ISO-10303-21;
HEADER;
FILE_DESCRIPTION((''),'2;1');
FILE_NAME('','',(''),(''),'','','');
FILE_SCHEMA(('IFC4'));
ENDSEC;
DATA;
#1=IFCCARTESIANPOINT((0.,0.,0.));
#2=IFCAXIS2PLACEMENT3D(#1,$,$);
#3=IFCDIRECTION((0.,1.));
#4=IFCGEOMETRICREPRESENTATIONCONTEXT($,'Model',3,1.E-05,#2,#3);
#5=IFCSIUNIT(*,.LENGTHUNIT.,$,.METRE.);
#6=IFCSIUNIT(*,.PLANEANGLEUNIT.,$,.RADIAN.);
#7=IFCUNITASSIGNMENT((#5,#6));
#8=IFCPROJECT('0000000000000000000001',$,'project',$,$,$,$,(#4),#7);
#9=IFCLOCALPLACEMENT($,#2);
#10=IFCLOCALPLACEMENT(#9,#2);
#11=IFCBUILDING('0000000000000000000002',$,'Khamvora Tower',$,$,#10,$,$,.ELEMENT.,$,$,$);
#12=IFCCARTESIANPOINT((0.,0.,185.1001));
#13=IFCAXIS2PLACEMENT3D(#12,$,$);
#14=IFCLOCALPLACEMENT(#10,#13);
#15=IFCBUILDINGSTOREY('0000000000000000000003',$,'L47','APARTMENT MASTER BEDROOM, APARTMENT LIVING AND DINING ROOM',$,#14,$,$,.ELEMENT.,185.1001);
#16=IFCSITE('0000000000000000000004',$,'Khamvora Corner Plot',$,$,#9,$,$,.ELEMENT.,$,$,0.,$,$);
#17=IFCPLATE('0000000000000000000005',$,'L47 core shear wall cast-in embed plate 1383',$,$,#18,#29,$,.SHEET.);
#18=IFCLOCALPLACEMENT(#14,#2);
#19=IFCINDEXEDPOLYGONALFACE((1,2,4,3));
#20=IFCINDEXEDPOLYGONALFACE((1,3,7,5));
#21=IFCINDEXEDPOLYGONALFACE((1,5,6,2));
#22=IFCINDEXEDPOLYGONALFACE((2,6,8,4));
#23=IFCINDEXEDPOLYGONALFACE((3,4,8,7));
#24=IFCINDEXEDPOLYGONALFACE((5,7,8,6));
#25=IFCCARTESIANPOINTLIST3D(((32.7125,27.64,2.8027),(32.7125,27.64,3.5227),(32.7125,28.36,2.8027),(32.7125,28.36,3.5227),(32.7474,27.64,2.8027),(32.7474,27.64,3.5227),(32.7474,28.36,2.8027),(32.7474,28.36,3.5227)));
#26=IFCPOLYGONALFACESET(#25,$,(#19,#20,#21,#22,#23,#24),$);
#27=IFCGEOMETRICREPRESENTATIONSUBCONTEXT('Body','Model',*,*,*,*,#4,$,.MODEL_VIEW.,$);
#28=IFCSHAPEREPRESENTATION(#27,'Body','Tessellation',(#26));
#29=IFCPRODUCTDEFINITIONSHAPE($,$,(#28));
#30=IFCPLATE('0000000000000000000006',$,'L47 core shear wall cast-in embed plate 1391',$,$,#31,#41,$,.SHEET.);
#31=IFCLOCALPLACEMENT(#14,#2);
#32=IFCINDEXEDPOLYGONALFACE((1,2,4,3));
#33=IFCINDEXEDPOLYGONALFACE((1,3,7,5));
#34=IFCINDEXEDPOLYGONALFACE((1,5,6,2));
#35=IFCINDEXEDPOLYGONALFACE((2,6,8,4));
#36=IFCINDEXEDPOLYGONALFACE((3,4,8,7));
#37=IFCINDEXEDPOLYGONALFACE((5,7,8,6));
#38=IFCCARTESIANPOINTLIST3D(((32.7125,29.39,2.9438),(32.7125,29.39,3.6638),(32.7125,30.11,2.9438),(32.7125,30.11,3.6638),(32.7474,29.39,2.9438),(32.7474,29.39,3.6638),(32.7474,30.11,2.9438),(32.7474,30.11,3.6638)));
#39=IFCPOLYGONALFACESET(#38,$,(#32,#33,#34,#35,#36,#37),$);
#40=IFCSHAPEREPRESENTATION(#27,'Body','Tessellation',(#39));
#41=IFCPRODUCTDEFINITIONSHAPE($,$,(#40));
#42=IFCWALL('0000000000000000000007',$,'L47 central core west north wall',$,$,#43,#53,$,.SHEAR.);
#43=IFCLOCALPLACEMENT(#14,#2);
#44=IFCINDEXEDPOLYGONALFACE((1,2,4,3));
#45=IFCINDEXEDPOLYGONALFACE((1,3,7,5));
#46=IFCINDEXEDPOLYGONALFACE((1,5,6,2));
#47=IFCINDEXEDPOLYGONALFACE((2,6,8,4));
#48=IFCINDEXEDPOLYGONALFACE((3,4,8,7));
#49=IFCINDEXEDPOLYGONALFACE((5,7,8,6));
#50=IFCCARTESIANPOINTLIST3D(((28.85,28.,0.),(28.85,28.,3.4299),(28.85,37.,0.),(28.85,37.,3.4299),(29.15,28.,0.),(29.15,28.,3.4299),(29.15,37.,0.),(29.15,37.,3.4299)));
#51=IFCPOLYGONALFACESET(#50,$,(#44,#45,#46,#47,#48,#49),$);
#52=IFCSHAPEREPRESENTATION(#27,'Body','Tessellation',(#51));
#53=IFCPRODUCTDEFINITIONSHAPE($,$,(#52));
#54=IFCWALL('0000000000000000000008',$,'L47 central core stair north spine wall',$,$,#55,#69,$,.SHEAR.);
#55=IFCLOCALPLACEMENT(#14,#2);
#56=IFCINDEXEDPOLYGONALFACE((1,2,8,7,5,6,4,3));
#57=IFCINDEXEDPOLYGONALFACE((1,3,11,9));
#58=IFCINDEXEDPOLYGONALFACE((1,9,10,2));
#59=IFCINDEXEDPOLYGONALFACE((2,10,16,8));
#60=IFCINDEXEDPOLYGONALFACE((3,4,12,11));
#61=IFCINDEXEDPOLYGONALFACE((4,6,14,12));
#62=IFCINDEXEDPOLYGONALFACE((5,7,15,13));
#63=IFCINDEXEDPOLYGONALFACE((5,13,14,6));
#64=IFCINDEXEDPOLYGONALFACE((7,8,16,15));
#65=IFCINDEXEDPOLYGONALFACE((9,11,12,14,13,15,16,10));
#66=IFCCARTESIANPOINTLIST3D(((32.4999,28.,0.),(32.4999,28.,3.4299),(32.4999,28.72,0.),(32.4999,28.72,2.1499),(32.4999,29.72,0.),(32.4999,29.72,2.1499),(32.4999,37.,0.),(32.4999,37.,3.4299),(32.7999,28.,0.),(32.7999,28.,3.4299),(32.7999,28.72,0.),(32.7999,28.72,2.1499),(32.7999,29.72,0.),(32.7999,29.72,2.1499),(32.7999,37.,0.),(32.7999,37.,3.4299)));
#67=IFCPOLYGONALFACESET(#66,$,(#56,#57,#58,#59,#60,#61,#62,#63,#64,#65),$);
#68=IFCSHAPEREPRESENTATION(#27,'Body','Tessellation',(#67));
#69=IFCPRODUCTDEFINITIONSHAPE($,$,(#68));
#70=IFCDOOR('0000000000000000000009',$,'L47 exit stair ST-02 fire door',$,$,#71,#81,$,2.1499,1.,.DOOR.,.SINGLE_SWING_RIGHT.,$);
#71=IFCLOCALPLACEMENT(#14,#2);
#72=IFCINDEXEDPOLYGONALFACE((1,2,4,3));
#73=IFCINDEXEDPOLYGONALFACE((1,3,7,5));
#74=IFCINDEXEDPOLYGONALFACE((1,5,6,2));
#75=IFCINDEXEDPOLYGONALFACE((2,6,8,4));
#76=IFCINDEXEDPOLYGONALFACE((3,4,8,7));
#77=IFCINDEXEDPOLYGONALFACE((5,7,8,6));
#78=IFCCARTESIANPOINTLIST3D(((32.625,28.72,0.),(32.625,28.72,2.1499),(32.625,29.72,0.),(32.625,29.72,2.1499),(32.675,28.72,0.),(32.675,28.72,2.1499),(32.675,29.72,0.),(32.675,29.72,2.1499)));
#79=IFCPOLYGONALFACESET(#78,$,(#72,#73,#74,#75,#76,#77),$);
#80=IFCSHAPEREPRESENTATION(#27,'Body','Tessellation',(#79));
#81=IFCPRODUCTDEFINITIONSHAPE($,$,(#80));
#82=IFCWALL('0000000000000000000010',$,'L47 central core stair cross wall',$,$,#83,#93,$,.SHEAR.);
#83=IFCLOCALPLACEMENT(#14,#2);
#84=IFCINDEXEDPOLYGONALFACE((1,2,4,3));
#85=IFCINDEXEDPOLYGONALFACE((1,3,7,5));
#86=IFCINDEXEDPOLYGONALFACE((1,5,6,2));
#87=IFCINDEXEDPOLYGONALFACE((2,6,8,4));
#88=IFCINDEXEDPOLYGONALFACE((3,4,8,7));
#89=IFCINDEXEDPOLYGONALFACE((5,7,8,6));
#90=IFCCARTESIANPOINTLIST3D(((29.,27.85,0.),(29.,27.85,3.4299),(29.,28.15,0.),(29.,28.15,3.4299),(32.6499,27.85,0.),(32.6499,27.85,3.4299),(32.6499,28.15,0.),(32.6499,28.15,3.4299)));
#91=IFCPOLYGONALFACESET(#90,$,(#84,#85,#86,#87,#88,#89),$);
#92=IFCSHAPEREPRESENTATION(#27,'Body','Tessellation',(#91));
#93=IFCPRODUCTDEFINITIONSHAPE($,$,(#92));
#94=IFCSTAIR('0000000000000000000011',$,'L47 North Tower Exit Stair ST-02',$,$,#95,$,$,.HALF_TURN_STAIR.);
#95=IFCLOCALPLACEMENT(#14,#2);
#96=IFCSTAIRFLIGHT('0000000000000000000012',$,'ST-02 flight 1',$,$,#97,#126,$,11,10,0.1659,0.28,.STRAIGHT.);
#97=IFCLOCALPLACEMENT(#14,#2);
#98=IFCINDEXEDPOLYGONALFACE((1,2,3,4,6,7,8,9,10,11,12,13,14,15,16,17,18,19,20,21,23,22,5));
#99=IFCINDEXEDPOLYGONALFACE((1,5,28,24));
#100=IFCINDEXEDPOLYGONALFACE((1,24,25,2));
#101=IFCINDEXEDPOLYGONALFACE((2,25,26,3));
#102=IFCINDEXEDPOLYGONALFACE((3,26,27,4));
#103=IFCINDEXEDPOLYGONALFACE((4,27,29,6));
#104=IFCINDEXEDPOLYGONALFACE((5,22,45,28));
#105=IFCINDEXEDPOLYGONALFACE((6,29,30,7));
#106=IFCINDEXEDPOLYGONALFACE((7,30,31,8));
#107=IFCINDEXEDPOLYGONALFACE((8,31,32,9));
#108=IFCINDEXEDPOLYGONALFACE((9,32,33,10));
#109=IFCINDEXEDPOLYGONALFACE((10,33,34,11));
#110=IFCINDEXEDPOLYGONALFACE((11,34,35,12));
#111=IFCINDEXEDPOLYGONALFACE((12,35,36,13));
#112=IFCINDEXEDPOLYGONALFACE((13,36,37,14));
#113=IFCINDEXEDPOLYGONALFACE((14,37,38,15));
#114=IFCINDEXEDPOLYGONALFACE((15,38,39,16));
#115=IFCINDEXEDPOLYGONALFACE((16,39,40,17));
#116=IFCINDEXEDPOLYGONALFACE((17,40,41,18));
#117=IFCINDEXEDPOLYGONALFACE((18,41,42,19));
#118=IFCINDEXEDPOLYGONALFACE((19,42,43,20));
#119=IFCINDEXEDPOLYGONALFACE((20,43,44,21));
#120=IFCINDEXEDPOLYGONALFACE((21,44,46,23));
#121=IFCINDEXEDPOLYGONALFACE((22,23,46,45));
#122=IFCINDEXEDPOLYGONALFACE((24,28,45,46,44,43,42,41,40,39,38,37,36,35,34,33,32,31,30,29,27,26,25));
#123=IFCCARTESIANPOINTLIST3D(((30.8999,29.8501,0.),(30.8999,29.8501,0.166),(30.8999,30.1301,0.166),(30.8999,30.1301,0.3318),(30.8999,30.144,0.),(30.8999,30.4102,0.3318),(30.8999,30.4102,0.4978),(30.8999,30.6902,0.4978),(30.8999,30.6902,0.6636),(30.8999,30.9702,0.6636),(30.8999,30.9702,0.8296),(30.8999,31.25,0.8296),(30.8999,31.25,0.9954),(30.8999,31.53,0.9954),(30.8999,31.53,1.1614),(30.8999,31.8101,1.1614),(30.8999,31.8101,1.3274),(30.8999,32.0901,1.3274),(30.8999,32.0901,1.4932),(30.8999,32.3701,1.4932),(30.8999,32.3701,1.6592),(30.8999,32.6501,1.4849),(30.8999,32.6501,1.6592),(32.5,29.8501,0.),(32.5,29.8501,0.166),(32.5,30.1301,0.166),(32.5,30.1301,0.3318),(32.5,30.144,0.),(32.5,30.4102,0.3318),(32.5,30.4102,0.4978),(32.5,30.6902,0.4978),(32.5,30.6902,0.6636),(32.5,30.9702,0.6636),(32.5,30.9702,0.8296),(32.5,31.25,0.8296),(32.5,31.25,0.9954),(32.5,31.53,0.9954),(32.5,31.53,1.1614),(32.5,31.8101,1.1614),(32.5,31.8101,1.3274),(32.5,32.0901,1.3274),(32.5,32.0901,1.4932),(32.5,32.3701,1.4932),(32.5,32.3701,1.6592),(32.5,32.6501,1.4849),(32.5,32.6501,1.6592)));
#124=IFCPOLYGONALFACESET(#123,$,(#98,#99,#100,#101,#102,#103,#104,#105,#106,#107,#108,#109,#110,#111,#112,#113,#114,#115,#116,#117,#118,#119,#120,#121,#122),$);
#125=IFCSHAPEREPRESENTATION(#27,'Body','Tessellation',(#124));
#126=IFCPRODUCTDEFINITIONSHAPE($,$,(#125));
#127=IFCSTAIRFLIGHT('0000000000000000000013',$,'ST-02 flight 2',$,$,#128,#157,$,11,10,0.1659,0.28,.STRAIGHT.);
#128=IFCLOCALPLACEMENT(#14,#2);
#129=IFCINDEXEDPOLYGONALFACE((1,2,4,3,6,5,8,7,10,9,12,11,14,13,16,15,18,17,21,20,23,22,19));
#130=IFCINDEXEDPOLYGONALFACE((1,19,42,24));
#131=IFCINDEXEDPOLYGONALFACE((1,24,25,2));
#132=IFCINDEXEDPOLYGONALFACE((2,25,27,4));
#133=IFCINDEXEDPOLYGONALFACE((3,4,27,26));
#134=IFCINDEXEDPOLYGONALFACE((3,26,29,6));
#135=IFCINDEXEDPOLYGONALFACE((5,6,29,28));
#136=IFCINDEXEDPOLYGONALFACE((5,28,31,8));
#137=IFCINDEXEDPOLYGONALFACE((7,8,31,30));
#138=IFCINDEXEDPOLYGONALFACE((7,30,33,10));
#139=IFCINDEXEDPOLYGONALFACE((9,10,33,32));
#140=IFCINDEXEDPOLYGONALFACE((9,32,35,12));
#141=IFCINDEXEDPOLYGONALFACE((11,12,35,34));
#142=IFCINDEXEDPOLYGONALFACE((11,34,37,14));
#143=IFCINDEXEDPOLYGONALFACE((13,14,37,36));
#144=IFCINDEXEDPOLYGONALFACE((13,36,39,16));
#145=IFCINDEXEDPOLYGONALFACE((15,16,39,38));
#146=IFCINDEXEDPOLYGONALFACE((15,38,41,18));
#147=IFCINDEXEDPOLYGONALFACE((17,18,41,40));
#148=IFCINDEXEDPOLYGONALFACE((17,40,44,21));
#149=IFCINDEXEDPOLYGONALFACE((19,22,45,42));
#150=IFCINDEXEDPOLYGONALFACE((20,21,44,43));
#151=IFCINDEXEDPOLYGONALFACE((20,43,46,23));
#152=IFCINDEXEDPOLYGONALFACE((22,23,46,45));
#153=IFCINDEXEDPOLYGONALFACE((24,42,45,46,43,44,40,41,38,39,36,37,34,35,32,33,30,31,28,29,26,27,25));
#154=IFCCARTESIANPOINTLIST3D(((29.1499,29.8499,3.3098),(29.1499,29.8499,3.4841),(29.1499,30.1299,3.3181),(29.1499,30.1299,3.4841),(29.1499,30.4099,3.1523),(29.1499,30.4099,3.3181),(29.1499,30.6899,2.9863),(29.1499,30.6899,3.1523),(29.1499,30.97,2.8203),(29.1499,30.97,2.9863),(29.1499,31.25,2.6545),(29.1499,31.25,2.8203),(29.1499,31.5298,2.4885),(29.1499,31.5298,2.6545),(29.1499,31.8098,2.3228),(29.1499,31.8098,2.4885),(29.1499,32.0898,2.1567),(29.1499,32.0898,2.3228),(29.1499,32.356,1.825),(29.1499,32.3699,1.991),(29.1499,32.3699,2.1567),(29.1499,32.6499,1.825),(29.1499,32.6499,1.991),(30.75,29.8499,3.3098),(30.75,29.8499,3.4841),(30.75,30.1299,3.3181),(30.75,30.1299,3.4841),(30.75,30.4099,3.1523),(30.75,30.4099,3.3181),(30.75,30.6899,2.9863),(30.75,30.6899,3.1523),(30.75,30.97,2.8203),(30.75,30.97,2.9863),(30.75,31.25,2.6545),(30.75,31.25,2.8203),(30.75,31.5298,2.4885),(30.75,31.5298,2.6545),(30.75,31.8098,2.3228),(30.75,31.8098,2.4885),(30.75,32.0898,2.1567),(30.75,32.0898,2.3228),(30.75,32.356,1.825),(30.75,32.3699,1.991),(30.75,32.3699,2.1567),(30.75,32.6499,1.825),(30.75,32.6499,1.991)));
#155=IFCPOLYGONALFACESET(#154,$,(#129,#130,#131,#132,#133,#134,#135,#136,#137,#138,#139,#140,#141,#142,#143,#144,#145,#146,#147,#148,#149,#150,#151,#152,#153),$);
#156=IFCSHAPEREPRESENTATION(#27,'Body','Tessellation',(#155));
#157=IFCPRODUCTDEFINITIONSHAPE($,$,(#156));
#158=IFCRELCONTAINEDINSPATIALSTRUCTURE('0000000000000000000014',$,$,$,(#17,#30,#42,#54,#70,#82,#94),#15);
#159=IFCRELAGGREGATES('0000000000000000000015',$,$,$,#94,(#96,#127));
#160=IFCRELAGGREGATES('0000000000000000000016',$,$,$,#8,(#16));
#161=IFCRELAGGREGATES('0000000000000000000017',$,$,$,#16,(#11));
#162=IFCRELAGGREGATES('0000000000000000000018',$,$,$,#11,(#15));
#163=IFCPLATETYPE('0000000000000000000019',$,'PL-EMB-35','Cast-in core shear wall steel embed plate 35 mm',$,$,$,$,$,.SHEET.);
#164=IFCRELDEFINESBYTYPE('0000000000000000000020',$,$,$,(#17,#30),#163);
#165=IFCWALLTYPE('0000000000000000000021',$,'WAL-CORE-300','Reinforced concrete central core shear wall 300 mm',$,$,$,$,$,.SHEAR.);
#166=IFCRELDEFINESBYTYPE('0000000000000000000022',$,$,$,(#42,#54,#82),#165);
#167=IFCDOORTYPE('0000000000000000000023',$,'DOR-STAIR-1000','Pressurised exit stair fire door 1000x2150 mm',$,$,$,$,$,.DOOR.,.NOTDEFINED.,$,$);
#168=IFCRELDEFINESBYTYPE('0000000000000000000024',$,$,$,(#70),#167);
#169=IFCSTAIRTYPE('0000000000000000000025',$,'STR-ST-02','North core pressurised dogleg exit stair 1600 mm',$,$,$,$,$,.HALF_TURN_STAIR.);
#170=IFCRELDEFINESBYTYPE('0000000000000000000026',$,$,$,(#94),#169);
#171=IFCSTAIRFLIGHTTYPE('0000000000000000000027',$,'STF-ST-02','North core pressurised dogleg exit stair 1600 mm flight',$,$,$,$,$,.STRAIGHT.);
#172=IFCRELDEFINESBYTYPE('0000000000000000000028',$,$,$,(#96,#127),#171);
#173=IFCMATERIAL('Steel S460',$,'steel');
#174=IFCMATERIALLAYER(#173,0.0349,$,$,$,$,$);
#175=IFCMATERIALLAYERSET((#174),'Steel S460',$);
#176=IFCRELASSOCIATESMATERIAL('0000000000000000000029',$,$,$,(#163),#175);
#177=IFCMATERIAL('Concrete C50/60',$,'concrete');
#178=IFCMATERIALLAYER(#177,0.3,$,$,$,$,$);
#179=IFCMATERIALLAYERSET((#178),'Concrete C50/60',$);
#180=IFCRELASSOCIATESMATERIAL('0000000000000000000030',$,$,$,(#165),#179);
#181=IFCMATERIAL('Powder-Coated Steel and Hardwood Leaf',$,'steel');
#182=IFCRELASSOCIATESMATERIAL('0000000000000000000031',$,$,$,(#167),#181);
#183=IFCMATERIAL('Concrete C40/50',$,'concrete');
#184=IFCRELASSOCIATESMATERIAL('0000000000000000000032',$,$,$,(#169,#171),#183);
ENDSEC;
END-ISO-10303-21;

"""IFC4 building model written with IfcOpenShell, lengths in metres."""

from ifc_helpers import new_model, si_unit, direction, frame, frame_2d, origin, origin_2d, place, context, subcontext, project, spatial, polyline, rectangle, outline, extrude, material, layer, layer_set, type_object, element, fill, aggregate, save


model = new_model("IFC4")

# Units and contexts
model_context = context("Model", 3, precision=1e-05, world=origin(), true_north=direction((0.0, 1.0)))
body_context = subcontext(model_context, "Body", "Model", "MODEL_VIEW")
ifc_project = project(units=[si_unit("LENGTHUNIT", "METRE"), si_unit("PLANEANGLEUNIT", "RADIAN")], contexts=[model_context])

# Site, building, storey
site_placement = place(None, origin())
site = spatial("IfcSite", under=ifc_project, at=site_placement, Name="Khamvora Corner Plot", CompositionType="ELEMENT", RefElevation=0.0)
building_placement = place(site_placement, origin())
building = spatial("IfcBuilding", under=site, at=building_placement, Name="Khamvora Tower", CompositionType="ELEMENT")
storey_placement = place(building_placement, frame((0.0, 0.0, 185.1001)))
storey = spatial("IfcBuildingStorey", under=building, at=storey_placement, Name="L47", Description="APARTMENT MASTER BEDROOM, APARTMENT LIVING AND DINING ROOM", CompositionType="ELEMENT", Elevation=185.1001)

# Shared definitions
ifc_material_1 = material(Name="Steel S460", Category="steel")

# Plates
ifc_layer_1 = layer(ifc_material_1, 0.0349)
ifc_layer_set_1 = layer_set([ifc_layer_1], Name="Steel S460")
plate_type = type_object("IfcPlateType", Name="PL-EMB-35", Description="Cast-in core shear wall steel embed plate 35 mm", PredefinedType="SHEET", material=ifc_layer_set_1)
for number, where, z_axis, x_axis, name in (
    (1, (32.73, 28.0, 2.8027), (0.0, 0.0, 1.0), (1.0, 0.0, 0.0), "L47 core shear wall cast-in embed plate 1383"),
    (2, (32.73, 29.75, 2.9438), (0.0, 0.0, 1.0), (1.0, 0.0, 0.0), "L47 core shear wall cast-in embed plate 1391"),
):
    element("IfcPlate", number, at=place(storey_placement, frame(where, z_axis=z_axis, x_axis=x_axis)), inside=storey, type_object=plate_type, Name=name, PredefinedType="SHEET", context=body_context, shape_type="SweptSolid", body=[
        extrude(rectangle(XDim=0.0349, YDim=0.72, at=origin_2d()), origin(), (0.0, 0.0, 1.0), 0.72),
    ])

# Wall
ifc_material_2 = material(Name="Concrete C50/60", Category="concrete")
ifc_layer_2 = layer(ifc_material_2, 0.3)
ifc_layer_set_2 = layer_set([ifc_layer_2], Name="Concrete C50/60")
wall_type = type_object("IfcWallType", Name="WAL-CORE-300", Description="Reinforced concrete central core shear wall 300 mm", PredefinedType="SHEAR", material=ifc_layer_set_2)
wall_1_placement = place(storey_placement, frame((29.0, 28.0, 0.0), z_axis=(0.0, 0.0, 1.0), x_axis=(0.0, 1.0, 0.0)))
element("IfcWall", 3, at=wall_1_placement, inside=storey, type_object=wall_type, Name="L47 central core west north wall", PredefinedType="SHEAR", context=body_context, shape_type="SweptSolid", body=[
    extrude(rectangle(XDim=9.0, YDim=0.3, at=frame_2d((4.5, 0.0))), origin(), (0.0, 0.0, 1.0), 3.4299),
])

# Wall, opening, door
wall_2_placement = place(storey_placement, frame((32.6499, 28.0, 0.0), z_axis=(0.0, 0.0, 1.0), x_axis=(0.0, 1.0, 0.0)))
wall_2 = element("IfcWall", 4, at=wall_2_placement, inside=storey, type_object=wall_type, Name="L47 central core stair north spine wall", PredefinedType="SHEAR", context=body_context, shape_type="SweptSolid", body=[
    extrude(rectangle(XDim=9.0, YDim=0.3, at=frame_2d((4.5, 0.0))), origin(), (0.0, 0.0, 1.0), 3.4299),
])
opening_placement = place(wall_2_placement, frame((0.72, 0.0, 0.0)))
opening = element("IfcOpeningElement", 5, at=opening_placement, cuts=wall_2, PredefinedType="OPENING", context=body_context, shape_type="SweptSolid", body=[
    extrude(rectangle(XDim=1.0, YDim=2.1499, at=frame_2d((0.5, 1.075))), frame((0.0, 0.1599, 0.0), z_axis=(0.0, -1.0, 0.0), x_axis=(1.0, 0.0, 0.0)), (0.0, 0.0, 1.0), 0.3201),
])
ifc_material_3 = material(Name="Powder-Coated Steel and Hardwood Leaf", Category="steel")
door_type = type_object("IfcDoorType", Name="DOR-STAIR-1000", Description="Pressurised exit stair fire door 1000x2150 mm", OperationType="NOTDEFINED", PredefinedType="DOOR", material=ifc_material_3)
door_placement = place(opening_placement, origin())
door = element("IfcDoor", 6, at=door_placement, inside=storey, type_object=door_type, Name="L47 exit stair ST-02 fire door", OperationType="SINGLE_SWING_RIGHT", OverallHeight=2.1499, OverallWidth=1.0, PredefinedType="DOOR", context=body_context, shape_type="SweptSolid", body=[
    extrude(rectangle(XDim=1.0, YDim=2.1499, at=frame_2d((0.5, 1.075))), frame((0.0, 0.0249, 0.0), z_axis=(0.0, -1.0, 0.0), x_axis=(1.0, 0.0, 0.0)), (0.0, 0.0, 1.0), 0.05),
])
fill(opening, door)

# Wall
wall_3_placement = place(storey_placement, frame((29.0, 28.0, 0.0), z_axis=(0.0, 0.0, 1.0), x_axis=(1.0, 0.0, 0.0)))
element("IfcWall", 7, at=wall_3_placement, inside=storey, type_object=wall_type, Name="L47 central core stair cross wall", PredefinedType="SHEAR", context=body_context, shape_type="SweptSolid", body=[
    extrude(rectangle(XDim=3.6499, YDim=0.3, at=frame_2d((1.825, 0.0))), origin(), (0.0, 0.0, 1.0), 3.4299),
])

# Stair, stair flights
ifc_material_4 = material(Name="Concrete C40/50", Category="concrete")
stair_type = type_object("IfcStairType", Name="STR-ST-02", Description="North core pressurised dogleg exit stair 1600 mm", PredefinedType="HALF_TURN_STAIR", material=ifc_material_4)
stair_placement = place(storey_placement, origin())
stair = element("IfcStair", 8, at=stair_placement, inside=storey, type_object=stair_type, Name="L47 North Tower Exit Stair ST-02", PredefinedType="HALF_TURN_STAIR")
stair_flight_type = type_object("IfcStairFlightType", Name="STF-ST-02", Description="North core pressurised dogleg exit stair 1600 mm flight", PredefinedType="STRAIGHT", material=ifc_material_4)
stair_flight_1_placement = place(storey_placement, frame((31.7, 29.8501, 0.0), z_axis=(0.0, 0.0, 1.0), x_axis=(0.0, 1.0, 0.0)))
stair_flight_1 = element("IfcStairFlight", 9, at=stair_flight_1_placement, type_object=stair_flight_type, Name="ST-02 flight 1", NumberOfRisers=11, NumberOfTreads=10, PredefinedType="STRAIGHT", RiserHeight=0.1659, TreadLength=0.28, context=body_context, shape_type="SweptSolid", body=[
    extrude(outline(polyline([(0.0, 0.0), (0.0, 0.166), (0.28, 0.166), (0.28, 0.3318), (0.5601, 0.3318), (0.5601, 0.4978), (0.8401, 0.4978), (0.8401, 0.6636), (1.1201, 0.6636), (1.1201, 0.8296), (1.3999, 0.8296), (1.3999, 0.9954), (1.6799, 0.9954), (1.6799, 1.1614), (1.96, 1.1614), (1.96, 1.3274), (2.24, 1.3274), (2.24, 1.4932), (2.52, 1.4932), (2.52, 1.6592), (2.8, 1.6592), (2.8, 1.825), (2.8, 1.4849), (0.2939, 0.0), (0.0, 0.0)])), frame((0.0, 0.8, 0.0), z_axis=(0.0, -1.0, 0.0), x_axis=(1.0, 0.0, 0.0)), (0.0, 0.0, 1.0), 1.6001),
])
stair_flight_2_placement = place(storey_placement, frame((29.95, 32.6499, 1.825), z_axis=(0.0, 0.0, 1.0), x_axis=(0.0, -1.0, 0.0)))
stair_flight_2 = element("IfcStairFlight", 10, at=stair_flight_2_placement, type_object=stair_flight_type, Name="ST-02 flight 2", NumberOfRisers=11, NumberOfTreads=10, PredefinedType="STRAIGHT", RiserHeight=0.1659, TreadLength=0.28, context=body_context, shape_type="SweptSolid", body=[
    extrude(outline(polyline([(0.0, 0.0), (0.0, 0.166), (0.28, 0.166), (0.28, 0.3318), (0.5601, 0.3318), (0.5601, 0.4978), (0.8401, 0.4978), (0.8401, 0.6636), (1.1201, 0.6636), (1.1201, 0.8296), (1.3999, 0.8296), (1.3999, 0.9954), (1.6799, 0.9954), (1.6799, 1.1614), (1.96, 1.1614), (1.96, 1.3274), (2.24, 1.3274), (2.24, 1.4932), (2.52, 1.4932), (2.52, 1.6592), (2.8, 1.6592), (2.8, 1.825), (2.8, 1.4849), (0.2939, 0.0), (0.0, 0.0)])), frame((0.0, 0.8, 0.0), z_axis=(0.0, -1.0, 0.0), x_axis=(1.0, 0.0, 0.0)), (0.0, 0.0, 1.0), 1.6001),
])
aggregate(stair, [stair_flight_1, stair_flight_2])

save(model, "model.ifc")
